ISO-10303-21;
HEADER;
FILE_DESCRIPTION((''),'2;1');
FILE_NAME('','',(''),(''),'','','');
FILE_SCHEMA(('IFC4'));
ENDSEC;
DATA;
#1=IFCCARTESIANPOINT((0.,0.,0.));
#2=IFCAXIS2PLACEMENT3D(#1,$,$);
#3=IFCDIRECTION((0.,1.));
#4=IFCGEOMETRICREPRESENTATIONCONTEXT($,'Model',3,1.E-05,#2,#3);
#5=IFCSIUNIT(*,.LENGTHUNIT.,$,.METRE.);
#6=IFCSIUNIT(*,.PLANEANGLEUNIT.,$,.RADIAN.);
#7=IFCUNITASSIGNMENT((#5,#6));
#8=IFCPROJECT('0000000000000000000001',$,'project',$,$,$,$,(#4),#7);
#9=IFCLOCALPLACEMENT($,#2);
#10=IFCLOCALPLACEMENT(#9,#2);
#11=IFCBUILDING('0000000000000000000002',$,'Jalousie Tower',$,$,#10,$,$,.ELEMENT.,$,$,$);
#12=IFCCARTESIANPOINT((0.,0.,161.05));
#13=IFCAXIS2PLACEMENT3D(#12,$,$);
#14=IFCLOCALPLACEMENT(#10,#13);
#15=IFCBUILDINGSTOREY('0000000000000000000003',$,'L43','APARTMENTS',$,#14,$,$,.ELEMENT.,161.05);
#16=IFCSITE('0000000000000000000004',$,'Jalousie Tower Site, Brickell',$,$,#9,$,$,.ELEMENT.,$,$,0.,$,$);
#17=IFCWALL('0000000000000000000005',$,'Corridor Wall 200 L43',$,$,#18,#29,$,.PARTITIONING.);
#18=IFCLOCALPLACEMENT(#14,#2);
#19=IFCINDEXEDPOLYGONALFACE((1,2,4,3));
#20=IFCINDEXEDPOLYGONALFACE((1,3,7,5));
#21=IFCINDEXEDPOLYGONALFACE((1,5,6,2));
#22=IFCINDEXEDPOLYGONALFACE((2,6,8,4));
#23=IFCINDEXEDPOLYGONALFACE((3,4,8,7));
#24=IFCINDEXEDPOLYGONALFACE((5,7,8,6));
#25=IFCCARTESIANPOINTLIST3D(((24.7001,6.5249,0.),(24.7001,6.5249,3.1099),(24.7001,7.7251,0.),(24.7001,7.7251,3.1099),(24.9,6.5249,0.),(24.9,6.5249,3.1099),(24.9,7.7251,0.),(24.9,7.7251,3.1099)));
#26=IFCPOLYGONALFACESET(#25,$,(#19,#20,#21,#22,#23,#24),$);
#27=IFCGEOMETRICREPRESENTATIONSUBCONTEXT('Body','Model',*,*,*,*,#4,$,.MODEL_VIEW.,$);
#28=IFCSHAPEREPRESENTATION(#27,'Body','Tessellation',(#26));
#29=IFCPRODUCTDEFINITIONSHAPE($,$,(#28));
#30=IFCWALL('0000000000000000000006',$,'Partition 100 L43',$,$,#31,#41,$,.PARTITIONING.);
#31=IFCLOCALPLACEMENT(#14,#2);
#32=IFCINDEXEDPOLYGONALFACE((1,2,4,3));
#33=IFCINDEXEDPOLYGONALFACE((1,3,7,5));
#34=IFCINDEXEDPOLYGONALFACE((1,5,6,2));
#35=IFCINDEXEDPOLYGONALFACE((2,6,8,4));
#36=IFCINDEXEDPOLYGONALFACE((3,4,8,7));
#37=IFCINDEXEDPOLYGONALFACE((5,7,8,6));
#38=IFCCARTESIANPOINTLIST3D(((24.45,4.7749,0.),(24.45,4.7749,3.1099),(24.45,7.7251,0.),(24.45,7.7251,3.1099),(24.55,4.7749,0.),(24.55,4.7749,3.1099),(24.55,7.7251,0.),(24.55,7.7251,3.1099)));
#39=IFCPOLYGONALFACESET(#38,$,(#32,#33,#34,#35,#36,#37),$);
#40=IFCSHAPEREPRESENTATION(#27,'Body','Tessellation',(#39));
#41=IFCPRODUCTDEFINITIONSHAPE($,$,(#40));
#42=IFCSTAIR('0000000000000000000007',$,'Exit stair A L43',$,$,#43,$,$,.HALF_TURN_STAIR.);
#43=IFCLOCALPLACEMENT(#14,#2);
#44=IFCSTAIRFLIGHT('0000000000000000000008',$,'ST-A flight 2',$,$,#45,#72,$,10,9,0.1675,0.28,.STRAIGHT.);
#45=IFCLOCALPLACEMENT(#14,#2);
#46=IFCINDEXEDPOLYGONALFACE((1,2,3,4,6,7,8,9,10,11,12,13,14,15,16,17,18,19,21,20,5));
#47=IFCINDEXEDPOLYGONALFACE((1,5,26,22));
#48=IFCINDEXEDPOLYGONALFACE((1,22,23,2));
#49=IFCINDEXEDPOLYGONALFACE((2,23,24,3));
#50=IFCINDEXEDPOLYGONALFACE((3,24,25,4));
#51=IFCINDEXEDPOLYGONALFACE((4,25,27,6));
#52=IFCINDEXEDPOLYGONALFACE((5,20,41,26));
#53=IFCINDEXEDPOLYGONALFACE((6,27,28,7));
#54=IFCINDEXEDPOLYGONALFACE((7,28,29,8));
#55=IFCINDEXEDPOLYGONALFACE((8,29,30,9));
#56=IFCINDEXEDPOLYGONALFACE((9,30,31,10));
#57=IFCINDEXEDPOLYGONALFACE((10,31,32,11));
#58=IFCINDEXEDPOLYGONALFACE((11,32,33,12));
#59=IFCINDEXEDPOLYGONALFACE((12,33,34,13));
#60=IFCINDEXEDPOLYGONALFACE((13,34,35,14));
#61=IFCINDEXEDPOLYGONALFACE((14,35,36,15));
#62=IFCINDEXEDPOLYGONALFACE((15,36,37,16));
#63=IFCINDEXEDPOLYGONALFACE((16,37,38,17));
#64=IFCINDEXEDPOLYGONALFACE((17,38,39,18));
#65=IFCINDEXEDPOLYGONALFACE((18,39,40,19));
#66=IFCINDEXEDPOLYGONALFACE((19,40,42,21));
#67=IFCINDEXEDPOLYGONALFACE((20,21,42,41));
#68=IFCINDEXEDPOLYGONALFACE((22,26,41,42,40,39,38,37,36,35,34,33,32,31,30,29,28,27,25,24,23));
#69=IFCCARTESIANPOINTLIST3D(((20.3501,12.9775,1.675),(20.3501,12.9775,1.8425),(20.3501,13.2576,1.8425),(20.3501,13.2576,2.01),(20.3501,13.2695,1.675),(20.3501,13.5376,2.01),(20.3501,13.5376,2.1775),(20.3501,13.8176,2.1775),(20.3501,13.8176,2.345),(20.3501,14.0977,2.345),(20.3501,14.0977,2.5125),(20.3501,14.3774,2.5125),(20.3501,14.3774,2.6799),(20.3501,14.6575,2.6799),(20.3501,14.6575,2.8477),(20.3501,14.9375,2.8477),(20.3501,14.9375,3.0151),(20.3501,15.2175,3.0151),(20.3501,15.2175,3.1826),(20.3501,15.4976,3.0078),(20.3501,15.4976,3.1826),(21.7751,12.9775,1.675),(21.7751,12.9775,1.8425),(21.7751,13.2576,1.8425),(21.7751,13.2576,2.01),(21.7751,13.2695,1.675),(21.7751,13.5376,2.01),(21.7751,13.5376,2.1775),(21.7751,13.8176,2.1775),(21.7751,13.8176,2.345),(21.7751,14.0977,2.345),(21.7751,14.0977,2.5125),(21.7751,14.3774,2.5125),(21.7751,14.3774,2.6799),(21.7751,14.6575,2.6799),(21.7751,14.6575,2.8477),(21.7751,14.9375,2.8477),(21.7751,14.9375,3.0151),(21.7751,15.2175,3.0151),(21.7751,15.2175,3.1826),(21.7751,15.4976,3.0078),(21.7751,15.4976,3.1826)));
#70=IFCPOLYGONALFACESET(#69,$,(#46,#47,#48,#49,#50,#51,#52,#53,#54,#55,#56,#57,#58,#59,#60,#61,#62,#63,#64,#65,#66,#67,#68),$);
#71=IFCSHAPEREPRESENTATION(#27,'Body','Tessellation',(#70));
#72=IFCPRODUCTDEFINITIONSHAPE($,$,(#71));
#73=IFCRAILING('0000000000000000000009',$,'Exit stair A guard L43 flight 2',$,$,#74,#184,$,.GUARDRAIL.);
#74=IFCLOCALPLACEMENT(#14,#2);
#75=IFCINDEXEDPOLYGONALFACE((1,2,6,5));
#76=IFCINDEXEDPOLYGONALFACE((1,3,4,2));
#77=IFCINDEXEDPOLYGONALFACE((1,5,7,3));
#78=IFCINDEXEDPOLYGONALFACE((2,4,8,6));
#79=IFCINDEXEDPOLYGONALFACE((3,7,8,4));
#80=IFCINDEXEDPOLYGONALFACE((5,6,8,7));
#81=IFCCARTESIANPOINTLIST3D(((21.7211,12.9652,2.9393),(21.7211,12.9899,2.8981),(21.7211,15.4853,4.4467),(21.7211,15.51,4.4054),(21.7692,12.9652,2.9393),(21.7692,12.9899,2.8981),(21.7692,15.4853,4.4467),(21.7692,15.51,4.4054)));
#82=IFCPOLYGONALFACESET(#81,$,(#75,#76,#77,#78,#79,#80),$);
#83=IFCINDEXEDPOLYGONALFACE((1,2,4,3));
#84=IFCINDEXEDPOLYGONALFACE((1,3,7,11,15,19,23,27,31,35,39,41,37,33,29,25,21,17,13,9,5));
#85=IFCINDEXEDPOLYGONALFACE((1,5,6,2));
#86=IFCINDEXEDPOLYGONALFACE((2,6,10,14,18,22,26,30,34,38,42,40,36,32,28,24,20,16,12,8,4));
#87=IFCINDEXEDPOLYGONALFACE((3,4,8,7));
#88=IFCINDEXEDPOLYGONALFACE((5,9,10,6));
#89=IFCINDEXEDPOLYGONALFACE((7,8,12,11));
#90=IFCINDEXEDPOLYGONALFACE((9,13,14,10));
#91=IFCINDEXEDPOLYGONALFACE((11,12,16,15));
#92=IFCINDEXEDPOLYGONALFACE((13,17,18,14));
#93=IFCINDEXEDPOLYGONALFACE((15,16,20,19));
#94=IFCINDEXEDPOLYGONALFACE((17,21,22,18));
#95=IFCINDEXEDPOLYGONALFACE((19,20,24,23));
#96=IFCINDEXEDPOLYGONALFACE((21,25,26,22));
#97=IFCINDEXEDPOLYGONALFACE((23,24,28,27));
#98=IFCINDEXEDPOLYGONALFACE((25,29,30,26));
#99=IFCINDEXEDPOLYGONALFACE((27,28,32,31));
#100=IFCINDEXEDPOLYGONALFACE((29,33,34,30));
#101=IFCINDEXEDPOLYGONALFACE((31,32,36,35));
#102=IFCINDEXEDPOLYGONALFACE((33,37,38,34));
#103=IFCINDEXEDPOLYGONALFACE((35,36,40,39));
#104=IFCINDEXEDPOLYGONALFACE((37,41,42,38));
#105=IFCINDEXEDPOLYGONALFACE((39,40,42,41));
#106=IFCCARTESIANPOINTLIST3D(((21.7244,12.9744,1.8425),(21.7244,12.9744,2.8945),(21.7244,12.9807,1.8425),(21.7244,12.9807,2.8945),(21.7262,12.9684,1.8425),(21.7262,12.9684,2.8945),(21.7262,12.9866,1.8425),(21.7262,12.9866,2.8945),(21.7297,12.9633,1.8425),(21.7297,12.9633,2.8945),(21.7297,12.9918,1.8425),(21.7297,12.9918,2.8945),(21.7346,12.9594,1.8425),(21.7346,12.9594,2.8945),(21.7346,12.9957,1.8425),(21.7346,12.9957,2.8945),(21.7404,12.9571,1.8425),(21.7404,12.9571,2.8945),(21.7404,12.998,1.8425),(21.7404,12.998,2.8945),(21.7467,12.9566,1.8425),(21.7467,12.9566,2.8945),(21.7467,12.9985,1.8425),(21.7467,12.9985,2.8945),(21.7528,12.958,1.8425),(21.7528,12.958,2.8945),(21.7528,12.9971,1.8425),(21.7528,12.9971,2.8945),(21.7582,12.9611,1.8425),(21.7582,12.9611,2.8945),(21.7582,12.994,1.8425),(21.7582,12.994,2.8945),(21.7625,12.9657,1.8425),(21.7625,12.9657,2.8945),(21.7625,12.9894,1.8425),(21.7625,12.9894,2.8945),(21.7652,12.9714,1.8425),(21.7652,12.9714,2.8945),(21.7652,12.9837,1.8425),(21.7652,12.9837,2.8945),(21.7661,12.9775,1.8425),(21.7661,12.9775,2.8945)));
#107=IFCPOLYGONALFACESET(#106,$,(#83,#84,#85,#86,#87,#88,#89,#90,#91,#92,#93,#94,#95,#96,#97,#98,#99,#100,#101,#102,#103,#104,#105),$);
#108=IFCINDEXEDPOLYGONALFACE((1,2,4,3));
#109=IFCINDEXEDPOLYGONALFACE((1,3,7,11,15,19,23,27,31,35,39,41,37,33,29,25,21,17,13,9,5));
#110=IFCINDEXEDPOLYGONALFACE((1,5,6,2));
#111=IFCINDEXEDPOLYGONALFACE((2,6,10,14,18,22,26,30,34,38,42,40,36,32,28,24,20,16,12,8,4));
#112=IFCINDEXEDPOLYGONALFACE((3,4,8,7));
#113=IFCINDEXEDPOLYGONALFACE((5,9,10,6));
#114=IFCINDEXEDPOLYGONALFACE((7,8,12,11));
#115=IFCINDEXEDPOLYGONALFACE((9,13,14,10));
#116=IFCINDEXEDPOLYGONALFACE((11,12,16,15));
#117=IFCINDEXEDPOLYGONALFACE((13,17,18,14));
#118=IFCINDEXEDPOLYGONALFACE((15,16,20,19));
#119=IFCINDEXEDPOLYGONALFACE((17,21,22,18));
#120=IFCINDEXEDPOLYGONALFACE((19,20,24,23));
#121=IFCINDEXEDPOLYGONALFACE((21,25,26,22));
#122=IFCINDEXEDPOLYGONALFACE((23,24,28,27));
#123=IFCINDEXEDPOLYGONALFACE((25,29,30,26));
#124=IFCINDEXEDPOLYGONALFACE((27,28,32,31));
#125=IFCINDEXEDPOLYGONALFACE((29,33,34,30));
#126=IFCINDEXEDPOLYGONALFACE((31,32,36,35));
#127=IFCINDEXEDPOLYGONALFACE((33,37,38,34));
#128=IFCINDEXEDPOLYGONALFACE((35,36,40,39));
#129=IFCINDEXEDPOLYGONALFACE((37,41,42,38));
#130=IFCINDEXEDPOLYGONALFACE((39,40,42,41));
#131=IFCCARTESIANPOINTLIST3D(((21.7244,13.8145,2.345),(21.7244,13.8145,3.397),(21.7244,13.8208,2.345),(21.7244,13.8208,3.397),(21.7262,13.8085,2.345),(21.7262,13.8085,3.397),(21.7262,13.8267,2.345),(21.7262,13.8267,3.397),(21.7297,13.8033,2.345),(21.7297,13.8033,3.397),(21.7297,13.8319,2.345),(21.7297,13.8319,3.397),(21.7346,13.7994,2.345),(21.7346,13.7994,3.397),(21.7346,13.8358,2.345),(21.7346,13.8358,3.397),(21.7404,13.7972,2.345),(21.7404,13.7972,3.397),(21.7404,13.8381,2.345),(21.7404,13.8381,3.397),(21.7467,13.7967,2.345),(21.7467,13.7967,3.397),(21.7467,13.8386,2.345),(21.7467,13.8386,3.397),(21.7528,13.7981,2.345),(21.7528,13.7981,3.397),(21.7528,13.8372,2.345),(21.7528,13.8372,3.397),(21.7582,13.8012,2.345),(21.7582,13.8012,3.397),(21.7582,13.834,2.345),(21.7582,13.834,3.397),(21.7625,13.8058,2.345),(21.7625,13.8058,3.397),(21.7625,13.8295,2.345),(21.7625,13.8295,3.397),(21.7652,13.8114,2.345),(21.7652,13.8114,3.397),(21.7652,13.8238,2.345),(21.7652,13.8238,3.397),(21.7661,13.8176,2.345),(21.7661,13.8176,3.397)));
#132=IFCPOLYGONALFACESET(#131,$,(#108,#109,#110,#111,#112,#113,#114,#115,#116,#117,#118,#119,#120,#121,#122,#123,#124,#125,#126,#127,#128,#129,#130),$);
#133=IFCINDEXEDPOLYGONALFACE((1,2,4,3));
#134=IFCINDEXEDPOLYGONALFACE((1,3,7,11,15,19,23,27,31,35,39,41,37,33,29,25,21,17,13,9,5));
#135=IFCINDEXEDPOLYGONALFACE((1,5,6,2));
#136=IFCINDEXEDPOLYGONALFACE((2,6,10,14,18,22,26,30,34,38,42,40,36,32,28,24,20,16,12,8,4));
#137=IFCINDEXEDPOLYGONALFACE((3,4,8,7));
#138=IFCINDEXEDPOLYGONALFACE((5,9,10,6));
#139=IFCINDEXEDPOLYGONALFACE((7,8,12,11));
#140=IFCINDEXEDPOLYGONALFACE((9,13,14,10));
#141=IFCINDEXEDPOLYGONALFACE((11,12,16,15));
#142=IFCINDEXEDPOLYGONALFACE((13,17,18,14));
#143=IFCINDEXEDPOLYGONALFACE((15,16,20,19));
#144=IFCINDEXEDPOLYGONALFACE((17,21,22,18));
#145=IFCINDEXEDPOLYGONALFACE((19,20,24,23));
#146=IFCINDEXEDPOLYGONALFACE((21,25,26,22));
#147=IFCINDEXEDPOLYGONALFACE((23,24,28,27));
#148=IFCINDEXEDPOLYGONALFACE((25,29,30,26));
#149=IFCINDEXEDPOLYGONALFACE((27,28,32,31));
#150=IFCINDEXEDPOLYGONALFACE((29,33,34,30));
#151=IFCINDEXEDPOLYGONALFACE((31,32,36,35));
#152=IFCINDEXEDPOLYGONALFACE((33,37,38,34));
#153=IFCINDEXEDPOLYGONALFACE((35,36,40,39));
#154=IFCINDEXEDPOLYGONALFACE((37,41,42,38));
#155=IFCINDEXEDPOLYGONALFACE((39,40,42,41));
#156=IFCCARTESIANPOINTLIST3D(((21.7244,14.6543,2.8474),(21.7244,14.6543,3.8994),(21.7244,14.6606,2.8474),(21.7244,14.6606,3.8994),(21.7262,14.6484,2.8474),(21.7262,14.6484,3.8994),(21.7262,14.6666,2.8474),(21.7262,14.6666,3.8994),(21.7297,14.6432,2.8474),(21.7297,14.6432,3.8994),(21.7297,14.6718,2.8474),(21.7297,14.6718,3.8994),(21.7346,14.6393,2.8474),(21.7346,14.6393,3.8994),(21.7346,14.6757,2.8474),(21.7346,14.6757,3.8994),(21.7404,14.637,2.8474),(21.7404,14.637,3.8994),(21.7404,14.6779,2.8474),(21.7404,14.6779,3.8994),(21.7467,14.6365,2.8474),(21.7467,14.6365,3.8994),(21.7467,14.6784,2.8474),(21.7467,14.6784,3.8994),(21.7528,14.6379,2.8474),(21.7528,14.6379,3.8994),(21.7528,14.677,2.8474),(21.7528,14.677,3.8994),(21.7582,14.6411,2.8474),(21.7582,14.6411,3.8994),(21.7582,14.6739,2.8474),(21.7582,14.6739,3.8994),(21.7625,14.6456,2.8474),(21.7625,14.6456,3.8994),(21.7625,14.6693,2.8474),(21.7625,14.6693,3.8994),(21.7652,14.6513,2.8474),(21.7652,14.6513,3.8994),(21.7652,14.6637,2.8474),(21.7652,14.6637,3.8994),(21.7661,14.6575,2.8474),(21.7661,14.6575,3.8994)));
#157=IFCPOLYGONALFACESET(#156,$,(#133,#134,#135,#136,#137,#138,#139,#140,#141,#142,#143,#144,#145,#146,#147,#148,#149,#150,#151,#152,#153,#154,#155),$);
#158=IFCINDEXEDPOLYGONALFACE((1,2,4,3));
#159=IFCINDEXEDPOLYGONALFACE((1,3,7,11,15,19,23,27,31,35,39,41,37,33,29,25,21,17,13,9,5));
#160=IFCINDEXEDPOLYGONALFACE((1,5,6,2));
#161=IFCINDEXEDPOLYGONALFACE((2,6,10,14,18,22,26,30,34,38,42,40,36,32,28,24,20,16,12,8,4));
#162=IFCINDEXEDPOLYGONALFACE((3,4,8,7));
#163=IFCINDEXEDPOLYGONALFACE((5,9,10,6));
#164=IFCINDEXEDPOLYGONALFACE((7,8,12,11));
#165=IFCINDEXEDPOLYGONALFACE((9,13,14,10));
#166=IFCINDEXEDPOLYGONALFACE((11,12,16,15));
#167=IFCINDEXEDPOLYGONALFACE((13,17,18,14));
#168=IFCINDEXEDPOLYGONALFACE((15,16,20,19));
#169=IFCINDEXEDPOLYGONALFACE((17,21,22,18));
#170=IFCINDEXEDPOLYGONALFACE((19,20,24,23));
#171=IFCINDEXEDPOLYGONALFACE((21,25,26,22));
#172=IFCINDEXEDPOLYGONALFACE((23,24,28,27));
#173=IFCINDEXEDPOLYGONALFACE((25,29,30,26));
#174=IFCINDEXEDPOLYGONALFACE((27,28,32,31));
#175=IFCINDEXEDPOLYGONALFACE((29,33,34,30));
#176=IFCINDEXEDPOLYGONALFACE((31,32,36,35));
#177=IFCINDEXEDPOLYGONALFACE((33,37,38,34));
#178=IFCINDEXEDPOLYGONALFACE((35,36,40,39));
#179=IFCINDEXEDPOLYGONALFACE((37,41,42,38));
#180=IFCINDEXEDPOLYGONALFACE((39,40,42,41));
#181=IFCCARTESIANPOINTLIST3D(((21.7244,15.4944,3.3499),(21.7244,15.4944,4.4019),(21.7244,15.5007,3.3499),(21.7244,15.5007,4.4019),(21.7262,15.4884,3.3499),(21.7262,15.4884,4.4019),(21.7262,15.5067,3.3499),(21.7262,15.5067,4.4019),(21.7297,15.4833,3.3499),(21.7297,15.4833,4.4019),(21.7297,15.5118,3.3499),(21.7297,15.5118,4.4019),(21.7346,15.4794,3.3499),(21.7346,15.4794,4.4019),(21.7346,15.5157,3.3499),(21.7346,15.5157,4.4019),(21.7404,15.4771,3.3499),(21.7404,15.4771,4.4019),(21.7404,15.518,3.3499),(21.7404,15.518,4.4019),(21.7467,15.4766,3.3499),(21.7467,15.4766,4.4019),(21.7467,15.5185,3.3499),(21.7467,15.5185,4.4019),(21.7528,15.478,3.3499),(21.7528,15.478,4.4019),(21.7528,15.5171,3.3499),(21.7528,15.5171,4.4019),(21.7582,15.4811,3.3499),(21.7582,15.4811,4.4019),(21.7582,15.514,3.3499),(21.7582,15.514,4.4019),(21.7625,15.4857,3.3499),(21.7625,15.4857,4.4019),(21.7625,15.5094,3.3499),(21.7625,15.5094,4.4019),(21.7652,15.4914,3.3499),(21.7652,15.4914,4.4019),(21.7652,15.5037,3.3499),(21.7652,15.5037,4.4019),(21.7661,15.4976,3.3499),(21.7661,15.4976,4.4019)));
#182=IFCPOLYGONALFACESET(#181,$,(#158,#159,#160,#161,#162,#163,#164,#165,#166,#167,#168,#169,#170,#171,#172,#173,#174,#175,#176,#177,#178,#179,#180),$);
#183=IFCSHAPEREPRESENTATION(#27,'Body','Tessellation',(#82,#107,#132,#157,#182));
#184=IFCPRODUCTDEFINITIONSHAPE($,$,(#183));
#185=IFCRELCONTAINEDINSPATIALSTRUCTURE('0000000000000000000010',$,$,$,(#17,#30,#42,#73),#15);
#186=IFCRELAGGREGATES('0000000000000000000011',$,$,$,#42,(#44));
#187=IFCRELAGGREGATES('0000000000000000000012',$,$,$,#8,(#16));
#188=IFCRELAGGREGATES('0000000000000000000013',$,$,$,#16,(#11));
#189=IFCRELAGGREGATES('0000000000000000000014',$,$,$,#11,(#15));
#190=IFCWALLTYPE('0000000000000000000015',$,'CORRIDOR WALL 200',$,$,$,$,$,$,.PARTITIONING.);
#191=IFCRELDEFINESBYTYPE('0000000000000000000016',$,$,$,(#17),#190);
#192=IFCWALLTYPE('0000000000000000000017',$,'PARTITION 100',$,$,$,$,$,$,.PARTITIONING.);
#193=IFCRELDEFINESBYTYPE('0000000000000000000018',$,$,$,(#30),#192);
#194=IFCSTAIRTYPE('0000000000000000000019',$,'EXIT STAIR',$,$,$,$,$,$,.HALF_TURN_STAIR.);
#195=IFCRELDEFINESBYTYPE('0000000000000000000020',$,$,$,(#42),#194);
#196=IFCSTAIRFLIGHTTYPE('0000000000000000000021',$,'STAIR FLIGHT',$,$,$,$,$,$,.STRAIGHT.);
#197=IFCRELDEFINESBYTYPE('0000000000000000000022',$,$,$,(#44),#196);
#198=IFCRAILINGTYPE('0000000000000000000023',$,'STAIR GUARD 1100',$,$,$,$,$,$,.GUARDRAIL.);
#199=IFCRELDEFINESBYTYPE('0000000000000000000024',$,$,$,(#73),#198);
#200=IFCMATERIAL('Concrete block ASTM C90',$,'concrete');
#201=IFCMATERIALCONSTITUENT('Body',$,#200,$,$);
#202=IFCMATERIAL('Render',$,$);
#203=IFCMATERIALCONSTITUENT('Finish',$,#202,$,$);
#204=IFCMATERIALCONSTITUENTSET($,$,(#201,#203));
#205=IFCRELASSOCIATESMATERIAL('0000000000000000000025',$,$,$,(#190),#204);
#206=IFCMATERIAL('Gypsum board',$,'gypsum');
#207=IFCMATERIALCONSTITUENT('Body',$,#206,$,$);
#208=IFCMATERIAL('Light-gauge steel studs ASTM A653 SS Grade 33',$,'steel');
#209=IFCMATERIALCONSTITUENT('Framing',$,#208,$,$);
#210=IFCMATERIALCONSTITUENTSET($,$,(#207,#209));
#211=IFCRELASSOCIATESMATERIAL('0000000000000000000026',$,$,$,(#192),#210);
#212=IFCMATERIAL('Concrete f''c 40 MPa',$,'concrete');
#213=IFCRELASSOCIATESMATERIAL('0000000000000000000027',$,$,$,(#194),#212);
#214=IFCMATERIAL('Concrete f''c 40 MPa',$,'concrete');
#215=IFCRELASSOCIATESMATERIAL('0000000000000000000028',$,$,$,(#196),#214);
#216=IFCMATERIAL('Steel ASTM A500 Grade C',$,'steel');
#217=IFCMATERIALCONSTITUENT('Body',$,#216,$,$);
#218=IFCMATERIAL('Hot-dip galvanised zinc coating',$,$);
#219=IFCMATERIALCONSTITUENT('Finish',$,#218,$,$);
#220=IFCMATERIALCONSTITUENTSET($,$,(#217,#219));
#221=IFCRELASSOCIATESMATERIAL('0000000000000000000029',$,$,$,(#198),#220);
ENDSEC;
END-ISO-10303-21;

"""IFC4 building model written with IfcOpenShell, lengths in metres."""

from ifc_helpers import new_model, si_unit, direction, frame, frame_2d, origin, origin_2d, place, context, subcontext, project, spatial, polyline, rectangle, circle, outline, extrude, material, constituent, constituent_set, type_object, element, aggregate, save


model = new_model("IFC4")

# Units and contexts
model_context = context("Model", 3, precision=1e-05, world=origin(), true_north=direction((0.0, 1.0)))
body_context = subcontext(model_context, "Body", "Model", "MODEL_VIEW")
ifc_project = project(units=[si_unit("LENGTHUNIT", "METRE"), si_unit("PLANEANGLEUNIT", "RADIAN")], contexts=[model_context])

# Site, building, storey
site_placement = place(None, origin())
site = spatial("IfcSite", under=ifc_project, at=site_placement, Name="Jalousie Tower Site, Brickell", CompositionType="ELEMENT", RefElevation=0.0)
building_placement = place(site_placement, origin())
building = spatial("IfcBuilding", under=site, at=building_placement, Name="Jalousie Tower", CompositionType="ELEMENT")
storey_placement = place(building_placement, frame((0.0, 0.0, 161.05)))
storey = spatial("IfcBuildingStorey", under=building, at=storey_placement, Name="L43", Description="APARTMENTS", CompositionType="ELEMENT", Elevation=161.05)

# Shared definitions
ifc_material_1 = material(Name="Concrete block ASTM C90", Category="concrete")
ifc_constituent_1 = constituent(ifc_material_1, Name="Body")
ifc_material_2 = material(Name="Render")
ifc_constituent_2 = constituent(ifc_material_2, Name="Finish")
ifc_constituent_set_1 = constituent_set(constituents=[ifc_constituent_1, ifc_constituent_2])
wall_type_1 = type_object("IfcWallType", Name="CORRIDOR WALL 200", PredefinedType="PARTITIONING", material=ifc_constituent_set_1)

# Walls
wall_1_placement = place(storey_placement, frame((24.8, 7.7251, 0.0), z_axis=(0.0, 0.0, 1.0), x_axis=(0.0, -1.0, 0.0)))
element("IfcWall", 1, at=wall_1_placement, inside=storey, type_object=wall_type_1, Name="Corridor Wall 200 L43", PredefinedType="PARTITIONING", context=body_context, shape_type="SweptSolid", body=[
    extrude(rectangle(XDim=1.2002, YDim=0.2, at=frame_2d((0.6001, 0.0))), origin(), (0.0, 0.0, 1.0), 3.1099),
])
ifc_material_3 = material(Name="Gypsum board", Category="gypsum")
ifc_constituent_3 = constituent(ifc_material_3, Name="Body")
ifc_material_4 = material(Name="Light-gauge steel studs ASTM A653 SS Grade 33", Category="steel")
ifc_constituent_4 = constituent(ifc_material_4, Name="Framing")
ifc_constituent_set_2 = constituent_set(constituents=[ifc_constituent_3, ifc_constituent_4])
wall_type_2 = type_object("IfcWallType", Name="PARTITION 100", PredefinedType="PARTITIONING", material=ifc_constituent_set_2)
wall_2_placement = place(storey_placement, frame((24.5, 4.7749, 0.0), z_axis=(0.0, 0.0, 1.0), x_axis=(0.0, 1.0, 0.0)))
element("IfcWall", 2, at=wall_2_placement, inside=storey, type_object=wall_type_2, Name="Partition 100 L43", PredefinedType="PARTITIONING", context=body_context, shape_type="SweptSolid", body=[
    extrude(rectangle(XDim=2.9502, YDim=0.1001, at=frame_2d((1.4751, 0.0))), origin(), (0.0, 0.0, 1.0), 3.1099),
])

# Stair, stair flight
ifc_material_5 = material(Name="Concrete f'c 40 MPa", Category="concrete")
stair_type = type_object("IfcStairType", Name="EXIT STAIR", PredefinedType="HALF_TURN_STAIR", material=ifc_material_5)
stair_placement = place(storey_placement, origin())
stair = element("IfcStair", 3, at=stair_placement, inside=storey, type_object=stair_type, Name="Exit stair A L43", PredefinedType="HALF_TURN_STAIR")
ifc_material_6 = material(Name="Concrete f'c 40 MPa", Category="concrete")
stair_flight_type = type_object("IfcStairFlightType", Name="STAIR FLIGHT", PredefinedType="STRAIGHT", material=ifc_material_6)
stair_flight_placement = place(storey_placement, frame((21.0625, 12.9775, 1.675), z_axis=(0.0, 0.0, 1.0), x_axis=(0.0, 1.0, 0.0)))
stair_flight = element("IfcStairFlight", 4, at=stair_flight_placement, type_object=stair_flight_type, Name="ST-A flight 2", NumberOfRisers=10, NumberOfTreads=9, PredefinedType="STRAIGHT", RiserHeight=0.1675, TreadLength=0.28, context=body_context, shape_type="SweptSolid", body=[
    extrude(outline(polyline([(0.0, 0.0), (0.0, 0.1675), (0.28, 0.1675), (0.28, 0.335), (0.5601, 0.335), (0.5601, 0.5024), (0.8401, 0.5024), (0.8401, 0.6699), (1.1201, 0.6699), (1.1201, 0.8374), (1.3999, 0.8374), (1.3999, 1.0049), (1.6799, 1.0049), (1.6799, 1.1726), (1.96, 1.1726), (1.96, 1.3401), (2.24, 1.3401), (2.24, 1.5076), (2.52, 1.5076), (2.52, 1.675), (2.52, 1.3328), (0.292, 0.0), (0.0, 0.0)])), frame((0.0, 0.7124, 0.0), z_axis=(0.0, -1.0, 0.0), x_axis=(1.0, 0.0, 0.0)), (0.0, 0.0, 1.0), 1.425),
])
aggregate(stair, [stair_flight])

# Railing
ifc_material_7 = material(Name="Steel ASTM A500 Grade C", Category="steel")
ifc_constituent_5 = constituent(ifc_material_7, Name="Body")
ifc_material_8 = material(Name="Hot-dip galvanised zinc coating")
ifc_constituent_6 = constituent(ifc_material_8, Name="Finish")
ifc_constituent_set_3 = constituent_set(constituents=[ifc_constituent_5, ifc_constituent_6])
railing_type_1 = type_object("IfcRailingType", Name="STAIR GUARD 1100", PredefinedType="GUARDRAIL", material=ifc_constituent_set_3)
railing_1_placement = place(storey_placement, frame((21.7451, 12.9775, 1.8425)))
element("IfcRailing", 5, at=railing_1_placement, inside=storey, type_object=railing_type_1, Name="Exit stair A guard L43 flight 2", PredefinedType="GUARDRAIL", context=body_context, shape_type="SweptSolid", body=[
    extrude(rectangle(XDim=0.0481, YDim=0.0481, at=origin_2d()), frame((0.0, 0.0, 1.0762), z_axis=(0.0, 0.858196, 0.513321), x_axis=(-1.0, 0.0, 0.0)), (0.0, 0.0, 1.0), 2.9365),
    extrude(circle(Radius=0.021, at=origin_2d()), origin(), (0.0, 0.0, 1.0), 1.052),
    extrude(circle(Radius=0.021, at=origin_2d()), frame((0.0, 0.8401, 0.5024)), (0.0, 0.0, 1.0), 1.052),
    extrude(circle(Radius=0.021, at=origin_2d()), frame((0.0, 1.6799, 1.0049)), (0.0, 0.0, 1.0), 1.052),
    extrude(circle(Radius=0.021, at=origin_2d()), frame((0.0, 2.52, 1.5073)), (0.0, 0.0, 1.0), 1.052),
])

save(model, "model.ifc")
